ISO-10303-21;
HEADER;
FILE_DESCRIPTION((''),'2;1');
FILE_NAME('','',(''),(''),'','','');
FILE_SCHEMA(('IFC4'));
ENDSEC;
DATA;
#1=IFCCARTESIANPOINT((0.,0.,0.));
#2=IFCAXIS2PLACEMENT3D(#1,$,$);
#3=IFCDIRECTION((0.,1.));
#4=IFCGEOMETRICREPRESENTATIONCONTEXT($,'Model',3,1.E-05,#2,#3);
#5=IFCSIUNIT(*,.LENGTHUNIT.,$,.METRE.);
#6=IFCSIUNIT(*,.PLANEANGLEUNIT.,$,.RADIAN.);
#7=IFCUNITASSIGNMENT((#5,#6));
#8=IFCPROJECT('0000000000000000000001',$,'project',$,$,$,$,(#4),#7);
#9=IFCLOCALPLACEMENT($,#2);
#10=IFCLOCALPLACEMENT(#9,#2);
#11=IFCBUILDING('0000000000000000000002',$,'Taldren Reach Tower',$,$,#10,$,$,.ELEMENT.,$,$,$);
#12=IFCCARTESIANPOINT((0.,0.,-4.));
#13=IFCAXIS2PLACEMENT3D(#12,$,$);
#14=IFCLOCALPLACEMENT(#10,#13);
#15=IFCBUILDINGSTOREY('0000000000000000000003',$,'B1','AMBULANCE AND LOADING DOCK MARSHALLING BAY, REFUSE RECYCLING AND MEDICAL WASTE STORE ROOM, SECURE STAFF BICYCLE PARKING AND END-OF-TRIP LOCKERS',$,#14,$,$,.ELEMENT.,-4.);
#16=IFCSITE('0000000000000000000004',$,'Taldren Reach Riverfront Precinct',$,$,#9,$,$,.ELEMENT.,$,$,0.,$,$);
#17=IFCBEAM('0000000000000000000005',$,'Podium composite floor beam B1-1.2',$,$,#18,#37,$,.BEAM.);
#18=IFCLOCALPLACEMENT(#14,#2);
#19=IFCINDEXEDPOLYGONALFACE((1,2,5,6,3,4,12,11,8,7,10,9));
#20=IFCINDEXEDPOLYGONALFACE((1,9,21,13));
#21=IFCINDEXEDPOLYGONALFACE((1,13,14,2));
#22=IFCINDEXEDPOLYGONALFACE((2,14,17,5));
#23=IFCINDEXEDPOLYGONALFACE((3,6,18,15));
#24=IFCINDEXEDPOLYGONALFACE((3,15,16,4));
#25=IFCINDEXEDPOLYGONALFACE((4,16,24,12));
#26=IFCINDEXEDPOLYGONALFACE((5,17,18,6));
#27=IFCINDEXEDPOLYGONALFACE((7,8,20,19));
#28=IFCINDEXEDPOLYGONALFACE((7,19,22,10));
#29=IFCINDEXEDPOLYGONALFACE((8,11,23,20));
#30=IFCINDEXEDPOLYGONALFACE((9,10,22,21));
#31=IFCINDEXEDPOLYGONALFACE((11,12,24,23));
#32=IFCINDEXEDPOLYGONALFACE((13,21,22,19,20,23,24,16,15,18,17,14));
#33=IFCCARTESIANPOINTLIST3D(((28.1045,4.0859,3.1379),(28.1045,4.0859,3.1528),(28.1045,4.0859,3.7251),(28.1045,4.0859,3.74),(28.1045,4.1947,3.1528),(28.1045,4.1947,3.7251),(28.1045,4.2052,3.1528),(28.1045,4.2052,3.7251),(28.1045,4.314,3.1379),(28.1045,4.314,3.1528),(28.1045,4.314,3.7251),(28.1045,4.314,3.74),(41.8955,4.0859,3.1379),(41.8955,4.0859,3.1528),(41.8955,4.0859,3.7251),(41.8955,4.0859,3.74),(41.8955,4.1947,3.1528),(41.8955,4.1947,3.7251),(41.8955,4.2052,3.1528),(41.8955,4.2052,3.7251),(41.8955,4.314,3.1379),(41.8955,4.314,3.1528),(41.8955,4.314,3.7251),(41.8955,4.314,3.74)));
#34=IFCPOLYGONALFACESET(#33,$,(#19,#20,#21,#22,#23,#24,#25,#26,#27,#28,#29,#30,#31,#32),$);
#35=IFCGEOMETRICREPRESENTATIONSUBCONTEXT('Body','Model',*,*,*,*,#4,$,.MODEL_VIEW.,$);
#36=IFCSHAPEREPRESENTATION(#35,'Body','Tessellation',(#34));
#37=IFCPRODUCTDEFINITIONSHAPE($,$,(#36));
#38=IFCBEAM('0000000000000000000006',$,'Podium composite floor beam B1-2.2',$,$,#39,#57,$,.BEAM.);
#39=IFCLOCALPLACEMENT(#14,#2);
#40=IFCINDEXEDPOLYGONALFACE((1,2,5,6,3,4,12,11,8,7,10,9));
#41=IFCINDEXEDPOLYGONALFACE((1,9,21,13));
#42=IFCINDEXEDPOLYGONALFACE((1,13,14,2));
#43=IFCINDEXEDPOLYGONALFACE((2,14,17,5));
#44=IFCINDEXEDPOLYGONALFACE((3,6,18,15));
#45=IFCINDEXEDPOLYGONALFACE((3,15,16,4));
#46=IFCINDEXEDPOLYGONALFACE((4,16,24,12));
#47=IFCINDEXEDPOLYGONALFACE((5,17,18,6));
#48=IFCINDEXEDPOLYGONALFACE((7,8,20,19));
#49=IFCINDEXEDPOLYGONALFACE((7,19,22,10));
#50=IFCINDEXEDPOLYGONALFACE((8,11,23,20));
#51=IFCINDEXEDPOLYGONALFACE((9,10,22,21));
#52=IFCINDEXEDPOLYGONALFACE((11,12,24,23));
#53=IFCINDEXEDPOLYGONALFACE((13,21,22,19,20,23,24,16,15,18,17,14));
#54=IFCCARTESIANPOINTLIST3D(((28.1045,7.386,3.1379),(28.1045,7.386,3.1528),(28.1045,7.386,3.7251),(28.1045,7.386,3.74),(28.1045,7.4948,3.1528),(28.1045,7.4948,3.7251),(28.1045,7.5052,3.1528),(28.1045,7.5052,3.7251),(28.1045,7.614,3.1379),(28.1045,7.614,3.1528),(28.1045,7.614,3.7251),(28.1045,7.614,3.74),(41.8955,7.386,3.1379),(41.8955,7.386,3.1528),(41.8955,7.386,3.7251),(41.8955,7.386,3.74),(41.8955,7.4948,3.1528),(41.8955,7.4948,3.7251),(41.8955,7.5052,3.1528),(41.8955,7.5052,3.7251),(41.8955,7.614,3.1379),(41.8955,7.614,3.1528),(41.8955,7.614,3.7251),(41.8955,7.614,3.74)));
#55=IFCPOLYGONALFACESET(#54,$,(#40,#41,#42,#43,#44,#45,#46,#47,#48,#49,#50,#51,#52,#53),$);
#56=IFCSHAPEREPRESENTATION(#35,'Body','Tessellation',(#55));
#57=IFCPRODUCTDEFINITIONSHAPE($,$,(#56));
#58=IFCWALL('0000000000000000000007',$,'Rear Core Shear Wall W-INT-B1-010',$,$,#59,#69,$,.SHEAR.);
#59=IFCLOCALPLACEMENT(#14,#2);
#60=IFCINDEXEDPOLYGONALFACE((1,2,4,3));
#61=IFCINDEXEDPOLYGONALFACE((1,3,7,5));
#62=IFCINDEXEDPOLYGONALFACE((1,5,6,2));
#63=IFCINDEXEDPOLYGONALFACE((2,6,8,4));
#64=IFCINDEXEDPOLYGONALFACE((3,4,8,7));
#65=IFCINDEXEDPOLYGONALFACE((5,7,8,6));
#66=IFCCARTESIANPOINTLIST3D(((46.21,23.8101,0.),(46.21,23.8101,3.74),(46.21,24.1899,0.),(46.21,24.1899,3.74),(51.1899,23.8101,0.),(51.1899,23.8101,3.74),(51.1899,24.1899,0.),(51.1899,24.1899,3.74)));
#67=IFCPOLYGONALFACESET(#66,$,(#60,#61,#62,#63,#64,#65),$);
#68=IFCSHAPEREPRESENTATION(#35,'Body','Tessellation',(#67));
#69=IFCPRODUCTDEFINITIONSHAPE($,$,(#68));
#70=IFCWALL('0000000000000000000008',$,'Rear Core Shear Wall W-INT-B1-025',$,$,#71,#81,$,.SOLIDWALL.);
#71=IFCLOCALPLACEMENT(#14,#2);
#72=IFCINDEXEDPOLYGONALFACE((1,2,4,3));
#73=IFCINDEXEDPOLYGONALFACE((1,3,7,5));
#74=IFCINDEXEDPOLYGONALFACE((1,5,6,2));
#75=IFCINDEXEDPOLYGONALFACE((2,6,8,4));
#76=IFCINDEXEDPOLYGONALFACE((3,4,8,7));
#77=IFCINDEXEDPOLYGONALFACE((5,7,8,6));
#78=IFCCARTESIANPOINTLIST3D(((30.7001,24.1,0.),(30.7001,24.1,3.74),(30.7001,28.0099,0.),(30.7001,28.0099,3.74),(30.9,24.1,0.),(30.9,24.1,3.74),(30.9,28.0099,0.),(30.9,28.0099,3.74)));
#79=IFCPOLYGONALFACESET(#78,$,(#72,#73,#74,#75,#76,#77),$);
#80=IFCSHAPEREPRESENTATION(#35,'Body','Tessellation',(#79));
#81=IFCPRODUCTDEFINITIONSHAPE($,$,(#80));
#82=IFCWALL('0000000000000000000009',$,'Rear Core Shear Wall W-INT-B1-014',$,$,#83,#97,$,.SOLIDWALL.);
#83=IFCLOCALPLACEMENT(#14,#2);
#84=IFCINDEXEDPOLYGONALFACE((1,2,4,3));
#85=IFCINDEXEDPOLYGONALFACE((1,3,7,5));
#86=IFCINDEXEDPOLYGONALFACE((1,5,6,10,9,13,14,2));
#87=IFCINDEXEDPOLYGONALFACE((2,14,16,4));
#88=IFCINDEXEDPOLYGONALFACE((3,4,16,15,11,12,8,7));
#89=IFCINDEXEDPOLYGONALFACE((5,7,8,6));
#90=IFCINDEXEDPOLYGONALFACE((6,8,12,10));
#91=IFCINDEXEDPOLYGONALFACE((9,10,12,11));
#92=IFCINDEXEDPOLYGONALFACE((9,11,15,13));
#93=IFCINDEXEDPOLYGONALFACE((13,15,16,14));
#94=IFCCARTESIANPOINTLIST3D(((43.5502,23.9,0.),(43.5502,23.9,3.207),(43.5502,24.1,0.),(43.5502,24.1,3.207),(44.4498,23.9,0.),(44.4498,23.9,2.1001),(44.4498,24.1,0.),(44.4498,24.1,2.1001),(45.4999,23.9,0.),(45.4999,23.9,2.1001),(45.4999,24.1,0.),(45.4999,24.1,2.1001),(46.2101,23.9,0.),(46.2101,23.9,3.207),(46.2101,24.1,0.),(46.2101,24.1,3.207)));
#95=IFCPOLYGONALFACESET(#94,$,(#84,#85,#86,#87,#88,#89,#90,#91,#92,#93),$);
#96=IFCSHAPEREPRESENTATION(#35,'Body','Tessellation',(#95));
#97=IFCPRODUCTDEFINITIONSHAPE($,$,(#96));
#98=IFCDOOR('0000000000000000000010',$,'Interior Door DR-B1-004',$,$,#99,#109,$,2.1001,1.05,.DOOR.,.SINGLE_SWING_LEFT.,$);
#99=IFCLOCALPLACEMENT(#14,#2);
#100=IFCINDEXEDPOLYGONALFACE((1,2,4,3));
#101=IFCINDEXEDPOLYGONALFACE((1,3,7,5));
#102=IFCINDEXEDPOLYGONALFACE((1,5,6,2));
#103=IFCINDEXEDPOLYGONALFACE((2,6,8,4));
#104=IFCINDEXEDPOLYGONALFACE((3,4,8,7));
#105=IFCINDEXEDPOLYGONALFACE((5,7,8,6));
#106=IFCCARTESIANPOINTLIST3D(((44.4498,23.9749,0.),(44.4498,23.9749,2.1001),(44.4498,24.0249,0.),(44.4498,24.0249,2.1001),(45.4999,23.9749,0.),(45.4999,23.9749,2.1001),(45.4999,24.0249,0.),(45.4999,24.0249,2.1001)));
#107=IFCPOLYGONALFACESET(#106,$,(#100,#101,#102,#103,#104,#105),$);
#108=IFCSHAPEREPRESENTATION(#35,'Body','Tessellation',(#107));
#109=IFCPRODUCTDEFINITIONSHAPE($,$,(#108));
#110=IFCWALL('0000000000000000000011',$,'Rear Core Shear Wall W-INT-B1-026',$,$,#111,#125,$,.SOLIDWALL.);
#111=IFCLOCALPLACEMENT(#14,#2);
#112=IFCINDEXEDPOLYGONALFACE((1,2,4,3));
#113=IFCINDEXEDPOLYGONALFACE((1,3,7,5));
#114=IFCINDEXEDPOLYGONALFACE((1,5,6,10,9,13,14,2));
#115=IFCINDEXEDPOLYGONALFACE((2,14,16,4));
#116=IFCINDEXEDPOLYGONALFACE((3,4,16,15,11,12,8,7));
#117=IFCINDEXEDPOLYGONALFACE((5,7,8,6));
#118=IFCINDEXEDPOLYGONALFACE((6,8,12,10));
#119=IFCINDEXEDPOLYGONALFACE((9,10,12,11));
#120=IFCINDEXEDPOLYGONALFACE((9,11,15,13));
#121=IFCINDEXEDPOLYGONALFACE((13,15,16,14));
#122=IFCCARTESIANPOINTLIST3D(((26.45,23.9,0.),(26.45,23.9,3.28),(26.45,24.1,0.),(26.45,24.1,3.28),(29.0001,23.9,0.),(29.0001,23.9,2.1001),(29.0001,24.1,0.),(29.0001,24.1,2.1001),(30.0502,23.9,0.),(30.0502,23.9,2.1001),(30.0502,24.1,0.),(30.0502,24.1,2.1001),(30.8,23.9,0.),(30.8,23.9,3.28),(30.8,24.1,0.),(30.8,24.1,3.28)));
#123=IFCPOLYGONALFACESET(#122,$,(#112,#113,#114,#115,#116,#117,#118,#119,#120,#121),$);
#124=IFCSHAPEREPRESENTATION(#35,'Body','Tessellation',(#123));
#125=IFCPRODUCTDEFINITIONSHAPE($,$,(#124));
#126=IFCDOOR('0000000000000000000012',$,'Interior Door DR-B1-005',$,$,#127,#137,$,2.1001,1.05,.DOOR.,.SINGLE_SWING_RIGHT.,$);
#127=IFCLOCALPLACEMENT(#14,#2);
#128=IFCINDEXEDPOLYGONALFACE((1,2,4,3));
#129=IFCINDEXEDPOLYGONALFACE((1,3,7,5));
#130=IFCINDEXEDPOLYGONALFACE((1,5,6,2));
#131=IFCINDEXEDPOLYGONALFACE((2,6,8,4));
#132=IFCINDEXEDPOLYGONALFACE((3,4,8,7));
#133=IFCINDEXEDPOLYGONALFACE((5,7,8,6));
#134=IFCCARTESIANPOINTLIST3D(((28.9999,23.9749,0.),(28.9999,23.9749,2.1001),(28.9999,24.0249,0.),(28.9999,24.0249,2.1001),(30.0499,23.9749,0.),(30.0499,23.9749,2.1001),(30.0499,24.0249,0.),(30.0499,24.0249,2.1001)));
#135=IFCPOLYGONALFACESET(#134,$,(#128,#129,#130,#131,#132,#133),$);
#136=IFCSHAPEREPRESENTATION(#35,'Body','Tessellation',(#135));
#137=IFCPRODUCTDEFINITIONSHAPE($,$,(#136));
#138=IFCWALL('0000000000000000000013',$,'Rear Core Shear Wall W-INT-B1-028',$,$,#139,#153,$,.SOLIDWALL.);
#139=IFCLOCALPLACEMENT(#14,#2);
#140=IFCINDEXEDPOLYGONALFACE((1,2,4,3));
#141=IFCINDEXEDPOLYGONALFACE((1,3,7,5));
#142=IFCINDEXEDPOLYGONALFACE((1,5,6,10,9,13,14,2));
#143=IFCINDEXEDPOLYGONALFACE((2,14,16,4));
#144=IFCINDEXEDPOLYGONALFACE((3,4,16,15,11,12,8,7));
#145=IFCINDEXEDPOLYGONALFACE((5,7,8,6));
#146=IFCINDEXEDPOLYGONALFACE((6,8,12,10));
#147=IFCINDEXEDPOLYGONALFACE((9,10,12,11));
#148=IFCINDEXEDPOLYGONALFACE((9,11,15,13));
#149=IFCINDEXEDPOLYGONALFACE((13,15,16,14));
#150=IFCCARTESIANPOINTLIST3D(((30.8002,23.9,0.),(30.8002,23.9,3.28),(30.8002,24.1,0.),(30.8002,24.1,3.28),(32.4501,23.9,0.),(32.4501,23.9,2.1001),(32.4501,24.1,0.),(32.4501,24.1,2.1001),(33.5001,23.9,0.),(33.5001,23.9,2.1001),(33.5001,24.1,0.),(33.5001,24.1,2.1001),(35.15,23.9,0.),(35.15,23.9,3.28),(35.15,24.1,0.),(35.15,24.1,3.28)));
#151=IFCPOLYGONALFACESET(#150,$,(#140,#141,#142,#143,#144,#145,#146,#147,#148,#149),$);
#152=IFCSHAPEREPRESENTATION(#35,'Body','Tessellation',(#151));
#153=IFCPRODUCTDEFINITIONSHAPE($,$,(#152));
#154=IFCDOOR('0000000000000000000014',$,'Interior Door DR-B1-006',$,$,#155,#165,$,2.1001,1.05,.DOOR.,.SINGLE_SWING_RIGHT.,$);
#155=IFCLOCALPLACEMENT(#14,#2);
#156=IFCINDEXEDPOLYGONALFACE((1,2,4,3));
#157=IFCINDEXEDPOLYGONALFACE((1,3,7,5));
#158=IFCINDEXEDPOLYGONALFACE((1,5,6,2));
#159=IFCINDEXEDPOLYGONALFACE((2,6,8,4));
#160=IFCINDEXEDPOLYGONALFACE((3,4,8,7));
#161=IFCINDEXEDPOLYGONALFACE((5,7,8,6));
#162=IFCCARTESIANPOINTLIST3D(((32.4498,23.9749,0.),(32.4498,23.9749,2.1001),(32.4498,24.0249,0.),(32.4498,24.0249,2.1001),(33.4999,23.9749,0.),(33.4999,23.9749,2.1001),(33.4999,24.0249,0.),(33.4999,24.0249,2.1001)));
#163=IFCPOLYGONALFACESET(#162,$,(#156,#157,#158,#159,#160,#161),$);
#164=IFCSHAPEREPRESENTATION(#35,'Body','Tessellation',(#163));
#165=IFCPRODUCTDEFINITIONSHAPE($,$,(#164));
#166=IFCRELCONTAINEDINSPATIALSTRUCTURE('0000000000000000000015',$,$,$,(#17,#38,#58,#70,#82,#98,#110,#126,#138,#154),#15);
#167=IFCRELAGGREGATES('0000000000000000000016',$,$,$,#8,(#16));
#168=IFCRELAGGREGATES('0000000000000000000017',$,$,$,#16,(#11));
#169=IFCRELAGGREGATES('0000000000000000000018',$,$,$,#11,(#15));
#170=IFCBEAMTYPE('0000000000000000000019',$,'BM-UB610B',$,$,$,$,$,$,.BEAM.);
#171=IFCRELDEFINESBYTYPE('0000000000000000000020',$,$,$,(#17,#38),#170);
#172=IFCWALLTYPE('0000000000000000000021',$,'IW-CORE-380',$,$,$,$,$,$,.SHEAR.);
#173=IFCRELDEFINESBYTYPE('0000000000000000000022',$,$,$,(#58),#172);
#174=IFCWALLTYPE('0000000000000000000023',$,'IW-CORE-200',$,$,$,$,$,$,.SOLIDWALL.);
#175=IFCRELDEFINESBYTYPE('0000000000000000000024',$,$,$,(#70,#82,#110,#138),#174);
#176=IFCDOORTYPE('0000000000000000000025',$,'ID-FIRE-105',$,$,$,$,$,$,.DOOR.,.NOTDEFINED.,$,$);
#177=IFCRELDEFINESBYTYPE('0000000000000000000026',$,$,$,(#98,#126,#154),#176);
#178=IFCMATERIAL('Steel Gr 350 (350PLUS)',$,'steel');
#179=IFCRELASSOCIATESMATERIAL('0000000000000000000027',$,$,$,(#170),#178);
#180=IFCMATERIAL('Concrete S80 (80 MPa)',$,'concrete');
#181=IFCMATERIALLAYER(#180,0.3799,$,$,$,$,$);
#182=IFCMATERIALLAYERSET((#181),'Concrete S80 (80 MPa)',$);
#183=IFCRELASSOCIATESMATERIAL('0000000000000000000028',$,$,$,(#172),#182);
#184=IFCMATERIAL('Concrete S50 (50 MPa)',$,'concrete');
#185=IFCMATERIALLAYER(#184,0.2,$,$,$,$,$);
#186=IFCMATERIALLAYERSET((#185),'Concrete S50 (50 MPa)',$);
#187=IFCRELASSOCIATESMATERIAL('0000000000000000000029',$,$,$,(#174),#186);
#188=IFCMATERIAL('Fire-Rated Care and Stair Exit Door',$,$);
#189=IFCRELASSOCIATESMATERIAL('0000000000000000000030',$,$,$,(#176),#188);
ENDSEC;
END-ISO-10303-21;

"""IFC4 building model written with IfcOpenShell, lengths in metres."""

from ifc_helpers import new_model, si_unit, direction, frame, frame_2d, origin, origin_2d, place, context, subcontext, project, spatial, rectangle, i_section, extrude, source, transform, mapped, material, layer, layer_set, material_profile, profile_set, type_object, element, fill, save


model = new_model("IFC4")

# Units and contexts
model_context = context("Model", 3, precision=1e-05, world=origin(), true_north=direction((0.0, 1.0)))
body_context = subcontext(model_context, "Body", "Model", "MODEL_VIEW")
ifc_project = project(units=[si_unit("LENGTHUNIT", "METRE"), si_unit("PLANEANGLEUNIT", "RADIAN")], contexts=[model_context])

# Site, building, storey
site_placement = place(None, origin())
site = spatial("IfcSite", under=ifc_project, at=site_placement, Name="Taldren Reach Riverfront Precinct", CompositionType="ELEMENT", RefElevation=0.0)
building_placement = place(site_placement, origin())
building = spatial("IfcBuilding", under=site, at=building_placement, Name="Taldren Reach Tower", CompositionType="ELEMENT")
storey_placement = place(building_placement, frame((0.0, 0.0, -4.0)))
storey = spatial("IfcBuildingStorey", under=building, at=storey_placement, Name="B1", Description="AMBULANCE AND LOADING DOCK MARSHALLING BAY, REFUSE RECYCLING AND MEDICAL WASTE STORE ROOM, SECURE STAFF BICYCLE PARKING AND END-OF-TRIP LOCKERS", CompositionType="ELEMENT", Elevation=-4.0)

# Shared definitions
ifc_material_1 = material(Name="Steel Gr 350 (350PLUS)", Category="steel")

# Beams
ifc_material_profile_1 = material_profile(ifc_material_1, i_section(OverallWidth=0.228, OverallDepth=0.6021, WebThickness=0.0105, FlangeThickness=0.0149, at=origin_2d()), Name="610UB101")
ifc_profile_set_1 = profile_set([ifc_material_profile_1], Name="Steel Gr 350 (350PLUS)")
beam_type_1 = type_object("IfcBeamType", Name="BM-UB610B", PredefinedType="BEAM", material=ifc_profile_set_1)
shared_shape_1 = source(origin(), body_context, "Body", "SweptSolid", [
    extrude(i_section(OverallWidth=0.228, OverallDepth=0.6021, WebThickness=0.0105, FlangeThickness=0.0149, at=origin_2d()), origin(), (0.0, 0.0, 1.0), 13.791),
])
for number, where, z_axis, x_axis, name in (
    (1, (28.1045, 4.2, 3.439), (1.0, 0.0, 0.0), (0.0, 1.0, 0.0), "Podium composite floor beam B1-1.2"),
    (2, (28.1045, 7.5, 3.439), (1.0, 0.0, 0.0), (0.0, 1.0, 0.0), "Podium composite floor beam B1-2.2"),
):
    element("IfcBeam", number, at=place(storey_placement, frame(where, z_axis=z_axis, x_axis=x_axis)), inside=storey, type_object=beam_type_1, Name=name, PredefinedType="BEAM", context=body_context, shape_type="MappedRepresentation", body=[
        mapped(shared_shape_1, transform((0.0, 0.0, 0.0), scale=1.0)),
    ])

# Walls
ifc_material_2 = material(Name="Concrete S80 (80 MPa)", Category="concrete")
ifc_layer_1 = layer(ifc_material_2, 0.3799)
ifc_layer_set_1 = layer_set([ifc_layer_1], Name="Concrete S80 (80 MPa)")
wall_type_1 = type_object("IfcWallType", Name="IW-CORE-380", PredefinedType="SHEAR", material=ifc_layer_set_1)
shared_shape_2 = source(origin(), body_context, "Body", "SweptSolid", [
    extrude(rectangle(XDim=4.98, YDim=0.3799, at=frame_2d((2.49, 0.0))), origin(), (0.0, 0.0, 1.0), 3.74),
])
wall_1_placement = place(storey_placement, frame((46.21, 24.0, 0.0), z_axis=(0.0, 0.0, 1.0), x_axis=(1.0, 0.0, 0.0)))
element("IfcWall", 3, at=wall_1_placement, inside=storey, type_object=wall_type_1, Name="Rear Core Shear Wall W-INT-B1-010", PredefinedType="SHEAR", context=body_context, shape_type="MappedRepresentation", body=[
    mapped(shared_shape_2, transform((0.0, 0.0, 0.0), scale=1.0)),
])
ifc_material_3 = material(Name="Concrete S50 (50 MPa)", Category="concrete")
ifc_layer_2 = layer(ifc_material_3, 0.2)
ifc_layer_set_2 = layer_set([ifc_layer_2], Name="Concrete S50 (50 MPa)")
wall_type_2 = type_object("IfcWallType", Name="IW-CORE-200", PredefinedType="SOLIDWALL", material=ifc_layer_set_2)
shared_shape_3 = source(origin(), body_context, "Body", "SweptSolid", [
    extrude(rectangle(XDim=3.9099, YDim=0.2, at=frame_2d((1.9551, 0.0))), origin(), (0.0, 0.0, 1.0), 3.74),
])
wall_2_placement = place(storey_placement, frame((30.8, 28.01, 0.0), z_axis=(0.0, 0.0, 1.0), x_axis=(0.0, -1.0, 0.0)))
element("IfcWall", 4, at=wall_2_placement, inside=storey, type_object=wall_type_2, Name="Rear Core Shear Wall W-INT-B1-025", PredefinedType="SOLIDWALL", context=body_context, shape_type="MappedRepresentation", body=[
    mapped(shared_shape_3, transform((0.0, 0.0, 0.0), scale=1.0)),
])

# Walls, openings, doors
shared_shape_4 = source(origin(), body_context, "Body", "SweptSolid", [
    extrude(rectangle(XDim=2.6599, YDim=0.2, at=frame_2d((1.3301, 0.0))), origin(), (0.0, 0.0, 1.0), 3.207),
])
wall_3_placement = place(storey_placement, frame((43.55, 24.0, 0.0), z_axis=(0.0, 0.0, 1.0), x_axis=(1.0, 0.0, 0.0)))
wall_3 = element("IfcWall", 5, at=wall_3_placement, inside=storey, type_object=wall_type_2, Name="Rear Core Shear Wall W-INT-B1-014", PredefinedType="SOLIDWALL", context=body_context, shape_type="MappedRepresentation", body=[
    mapped(shared_shape_4, transform((0.0, 0.0, 0.0), scale=1.0)),
])
shared_shape_5 = source(origin(), body_context, "Body", "SweptSolid", [
    extrude(rectangle(XDim=1.05, YDim=2.1001, at=frame_2d((0.5249, 1.05))), frame((0.0, 0.1099, 0.0), z_axis=(0.0, -1.0, 0.0), x_axis=(1.0, 0.0, 0.0)), (0.0, 0.0, 1.0), 0.22),
])
opening_1_placement = place(wall_3_placement, frame((0.8999, 0.0, 0.0)))
opening_1 = element("IfcOpeningElement", 6, at=opening_1_placement, cuts=wall_3, PredefinedType="OPENING", context=body_context, shape_type="MappedRepresentation", body=[
    mapped(shared_shape_5, transform((0.0, 0.0, 0.0), scale=1.0)),
])
ifc_material_4 = material(Name="Fire-Rated Care and Stair Exit Door")
door_type = type_object("IfcDoorType", Name="ID-FIRE-105", OperationType="NOTDEFINED", PredefinedType="DOOR", material=ifc_material_4)
shared_shape_6 = source(origin(), body_context, "Body", "SweptSolid", [
    extrude(rectangle(XDim=1.05, YDim=2.1001, at=frame_2d((0.5249, 1.05))), frame((0.0, 0.0249, 0.0), z_axis=(0.0, -1.0, 0.0), x_axis=(1.0, 0.0, 0.0)), (0.0, 0.0, 1.0), 0.05),
])
door_1_placement = place(opening_1_placement, origin())
door_1 = element("IfcDoor", 7, at=door_1_placement, inside=storey, type_object=door_type, Name="Interior Door DR-B1-004", OperationType="SINGLE_SWING_LEFT", OverallHeight=2.1001, OverallWidth=1.05, PredefinedType="DOOR", context=body_context, shape_type="MappedRepresentation", body=[
    mapped(shared_shape_6, transform((0.0, 0.0, 0.0), scale=1.0)),
])
fill(opening_1, door_1)
shared_shape_7 = source(origin(), body_context, "Body", "SweptSolid", [
    extrude(rectangle(XDim=4.3501, YDim=0.2, at=frame_2d((2.175, 0.0))), origin(), (0.0, 0.0, 1.0), 3.28),
])
wall_4_placement = place(storey_placement, frame((30.8, 24.0, 0.0), z_axis=(0.0, 0.0, 1.0), x_axis=(-1.0, 0.0, 0.0)))
wall_4 = element("IfcWall", 8, at=wall_4_placement, inside=storey, type_object=wall_type_2, Name="Rear Core Shear Wall W-INT-B1-026", PredefinedType="SOLIDWALL", context=body_context, shape_type="MappedRepresentation", body=[
    mapped(shared_shape_7, transform((0.0, 0.0, 0.0), scale=1.0)),
])
opening_2_placement = place(wall_4_placement, frame((0.75, 0.0, 0.0)))
opening_2 = element("IfcOpeningElement", 9, at=opening_2_placement, cuts=wall_4, PredefinedType="OPENING", context=body_context, shape_type="MappedRepresentation", body=[
    mapped(shared_shape_5, transform((0.0, 0.0, 0.0), scale=1.0)),
])
door_2_placement = place(opening_2_placement, frame((1.05, 0.0, 0.0), z_axis=(0.0, 0.0, 1.0), x_axis=(-1.0, 0.0, 0.0)))
door_2 = element("IfcDoor", 10, at=door_2_placement, inside=storey, type_object=door_type, Name="Interior Door DR-B1-005", OperationType="SINGLE_SWING_RIGHT", OverallHeight=2.1001, OverallWidth=1.05, PredefinedType="DOOR", context=body_context, shape_type="MappedRepresentation", body=[
    mapped(shared_shape_6, transform((0.0, 0.0, 0.0), scale=1.0)),
])
fill(opening_2, door_2)
shared_shape_8 = source(origin(), body_context, "Body", "SweptSolid", [
    extrude(rectangle(XDim=4.3499, YDim=0.2, at=frame_2d((2.1748, 0.0))), origin(), (0.0, 0.0, 1.0), 3.28),
])
wall_5_placement = place(storey_placement, frame((35.1499, 24.0, 0.0), z_axis=(0.0, 0.0, 1.0), x_axis=(-1.0, 0.0, 0.0)))
wall_5 = element("IfcWall", 11, at=wall_5_placement, inside=storey, type_object=wall_type_2, Name="Rear Core Shear Wall W-INT-B1-028", PredefinedType="SOLIDWALL", context=body_context, shape_type="MappedRepresentation", body=[
    mapped(shared_shape_8, transform((0.0, 0.0, 0.0), scale=1.0)),
])
opening_3_placement = place(wall_5_placement, frame((1.6499, 0.0, 0.0)))
opening_3 = element("IfcOpeningElement", 12, at=opening_3_placement, cuts=wall_5, PredefinedType="OPENING", context=body_context, shape_type="MappedRepresentation", body=[
    mapped(shared_shape_5, transform((0.0, 0.0, 0.0), scale=1.0)),
])
door_3_placement = place(opening_3_placement, frame((1.05, 0.0, 0.0), z_axis=(0.0, 0.0, 1.0), x_axis=(-1.0, 0.0, 0.0)))
door_3 = element("IfcDoor", 13, at=door_3_placement, inside=storey, type_object=door_type, Name="Interior Door DR-B1-006", OperationType="SINGLE_SWING_RIGHT", OverallHeight=2.1001, OverallWidth=1.05, PredefinedType="DOOR", context=body_context, shape_type="MappedRepresentation", body=[
    mapped(shared_shape_6, transform((0.0, 0.0, 0.0), scale=1.0)),
])
fill(opening_3, door_3)

save(model, "model.ifc")
